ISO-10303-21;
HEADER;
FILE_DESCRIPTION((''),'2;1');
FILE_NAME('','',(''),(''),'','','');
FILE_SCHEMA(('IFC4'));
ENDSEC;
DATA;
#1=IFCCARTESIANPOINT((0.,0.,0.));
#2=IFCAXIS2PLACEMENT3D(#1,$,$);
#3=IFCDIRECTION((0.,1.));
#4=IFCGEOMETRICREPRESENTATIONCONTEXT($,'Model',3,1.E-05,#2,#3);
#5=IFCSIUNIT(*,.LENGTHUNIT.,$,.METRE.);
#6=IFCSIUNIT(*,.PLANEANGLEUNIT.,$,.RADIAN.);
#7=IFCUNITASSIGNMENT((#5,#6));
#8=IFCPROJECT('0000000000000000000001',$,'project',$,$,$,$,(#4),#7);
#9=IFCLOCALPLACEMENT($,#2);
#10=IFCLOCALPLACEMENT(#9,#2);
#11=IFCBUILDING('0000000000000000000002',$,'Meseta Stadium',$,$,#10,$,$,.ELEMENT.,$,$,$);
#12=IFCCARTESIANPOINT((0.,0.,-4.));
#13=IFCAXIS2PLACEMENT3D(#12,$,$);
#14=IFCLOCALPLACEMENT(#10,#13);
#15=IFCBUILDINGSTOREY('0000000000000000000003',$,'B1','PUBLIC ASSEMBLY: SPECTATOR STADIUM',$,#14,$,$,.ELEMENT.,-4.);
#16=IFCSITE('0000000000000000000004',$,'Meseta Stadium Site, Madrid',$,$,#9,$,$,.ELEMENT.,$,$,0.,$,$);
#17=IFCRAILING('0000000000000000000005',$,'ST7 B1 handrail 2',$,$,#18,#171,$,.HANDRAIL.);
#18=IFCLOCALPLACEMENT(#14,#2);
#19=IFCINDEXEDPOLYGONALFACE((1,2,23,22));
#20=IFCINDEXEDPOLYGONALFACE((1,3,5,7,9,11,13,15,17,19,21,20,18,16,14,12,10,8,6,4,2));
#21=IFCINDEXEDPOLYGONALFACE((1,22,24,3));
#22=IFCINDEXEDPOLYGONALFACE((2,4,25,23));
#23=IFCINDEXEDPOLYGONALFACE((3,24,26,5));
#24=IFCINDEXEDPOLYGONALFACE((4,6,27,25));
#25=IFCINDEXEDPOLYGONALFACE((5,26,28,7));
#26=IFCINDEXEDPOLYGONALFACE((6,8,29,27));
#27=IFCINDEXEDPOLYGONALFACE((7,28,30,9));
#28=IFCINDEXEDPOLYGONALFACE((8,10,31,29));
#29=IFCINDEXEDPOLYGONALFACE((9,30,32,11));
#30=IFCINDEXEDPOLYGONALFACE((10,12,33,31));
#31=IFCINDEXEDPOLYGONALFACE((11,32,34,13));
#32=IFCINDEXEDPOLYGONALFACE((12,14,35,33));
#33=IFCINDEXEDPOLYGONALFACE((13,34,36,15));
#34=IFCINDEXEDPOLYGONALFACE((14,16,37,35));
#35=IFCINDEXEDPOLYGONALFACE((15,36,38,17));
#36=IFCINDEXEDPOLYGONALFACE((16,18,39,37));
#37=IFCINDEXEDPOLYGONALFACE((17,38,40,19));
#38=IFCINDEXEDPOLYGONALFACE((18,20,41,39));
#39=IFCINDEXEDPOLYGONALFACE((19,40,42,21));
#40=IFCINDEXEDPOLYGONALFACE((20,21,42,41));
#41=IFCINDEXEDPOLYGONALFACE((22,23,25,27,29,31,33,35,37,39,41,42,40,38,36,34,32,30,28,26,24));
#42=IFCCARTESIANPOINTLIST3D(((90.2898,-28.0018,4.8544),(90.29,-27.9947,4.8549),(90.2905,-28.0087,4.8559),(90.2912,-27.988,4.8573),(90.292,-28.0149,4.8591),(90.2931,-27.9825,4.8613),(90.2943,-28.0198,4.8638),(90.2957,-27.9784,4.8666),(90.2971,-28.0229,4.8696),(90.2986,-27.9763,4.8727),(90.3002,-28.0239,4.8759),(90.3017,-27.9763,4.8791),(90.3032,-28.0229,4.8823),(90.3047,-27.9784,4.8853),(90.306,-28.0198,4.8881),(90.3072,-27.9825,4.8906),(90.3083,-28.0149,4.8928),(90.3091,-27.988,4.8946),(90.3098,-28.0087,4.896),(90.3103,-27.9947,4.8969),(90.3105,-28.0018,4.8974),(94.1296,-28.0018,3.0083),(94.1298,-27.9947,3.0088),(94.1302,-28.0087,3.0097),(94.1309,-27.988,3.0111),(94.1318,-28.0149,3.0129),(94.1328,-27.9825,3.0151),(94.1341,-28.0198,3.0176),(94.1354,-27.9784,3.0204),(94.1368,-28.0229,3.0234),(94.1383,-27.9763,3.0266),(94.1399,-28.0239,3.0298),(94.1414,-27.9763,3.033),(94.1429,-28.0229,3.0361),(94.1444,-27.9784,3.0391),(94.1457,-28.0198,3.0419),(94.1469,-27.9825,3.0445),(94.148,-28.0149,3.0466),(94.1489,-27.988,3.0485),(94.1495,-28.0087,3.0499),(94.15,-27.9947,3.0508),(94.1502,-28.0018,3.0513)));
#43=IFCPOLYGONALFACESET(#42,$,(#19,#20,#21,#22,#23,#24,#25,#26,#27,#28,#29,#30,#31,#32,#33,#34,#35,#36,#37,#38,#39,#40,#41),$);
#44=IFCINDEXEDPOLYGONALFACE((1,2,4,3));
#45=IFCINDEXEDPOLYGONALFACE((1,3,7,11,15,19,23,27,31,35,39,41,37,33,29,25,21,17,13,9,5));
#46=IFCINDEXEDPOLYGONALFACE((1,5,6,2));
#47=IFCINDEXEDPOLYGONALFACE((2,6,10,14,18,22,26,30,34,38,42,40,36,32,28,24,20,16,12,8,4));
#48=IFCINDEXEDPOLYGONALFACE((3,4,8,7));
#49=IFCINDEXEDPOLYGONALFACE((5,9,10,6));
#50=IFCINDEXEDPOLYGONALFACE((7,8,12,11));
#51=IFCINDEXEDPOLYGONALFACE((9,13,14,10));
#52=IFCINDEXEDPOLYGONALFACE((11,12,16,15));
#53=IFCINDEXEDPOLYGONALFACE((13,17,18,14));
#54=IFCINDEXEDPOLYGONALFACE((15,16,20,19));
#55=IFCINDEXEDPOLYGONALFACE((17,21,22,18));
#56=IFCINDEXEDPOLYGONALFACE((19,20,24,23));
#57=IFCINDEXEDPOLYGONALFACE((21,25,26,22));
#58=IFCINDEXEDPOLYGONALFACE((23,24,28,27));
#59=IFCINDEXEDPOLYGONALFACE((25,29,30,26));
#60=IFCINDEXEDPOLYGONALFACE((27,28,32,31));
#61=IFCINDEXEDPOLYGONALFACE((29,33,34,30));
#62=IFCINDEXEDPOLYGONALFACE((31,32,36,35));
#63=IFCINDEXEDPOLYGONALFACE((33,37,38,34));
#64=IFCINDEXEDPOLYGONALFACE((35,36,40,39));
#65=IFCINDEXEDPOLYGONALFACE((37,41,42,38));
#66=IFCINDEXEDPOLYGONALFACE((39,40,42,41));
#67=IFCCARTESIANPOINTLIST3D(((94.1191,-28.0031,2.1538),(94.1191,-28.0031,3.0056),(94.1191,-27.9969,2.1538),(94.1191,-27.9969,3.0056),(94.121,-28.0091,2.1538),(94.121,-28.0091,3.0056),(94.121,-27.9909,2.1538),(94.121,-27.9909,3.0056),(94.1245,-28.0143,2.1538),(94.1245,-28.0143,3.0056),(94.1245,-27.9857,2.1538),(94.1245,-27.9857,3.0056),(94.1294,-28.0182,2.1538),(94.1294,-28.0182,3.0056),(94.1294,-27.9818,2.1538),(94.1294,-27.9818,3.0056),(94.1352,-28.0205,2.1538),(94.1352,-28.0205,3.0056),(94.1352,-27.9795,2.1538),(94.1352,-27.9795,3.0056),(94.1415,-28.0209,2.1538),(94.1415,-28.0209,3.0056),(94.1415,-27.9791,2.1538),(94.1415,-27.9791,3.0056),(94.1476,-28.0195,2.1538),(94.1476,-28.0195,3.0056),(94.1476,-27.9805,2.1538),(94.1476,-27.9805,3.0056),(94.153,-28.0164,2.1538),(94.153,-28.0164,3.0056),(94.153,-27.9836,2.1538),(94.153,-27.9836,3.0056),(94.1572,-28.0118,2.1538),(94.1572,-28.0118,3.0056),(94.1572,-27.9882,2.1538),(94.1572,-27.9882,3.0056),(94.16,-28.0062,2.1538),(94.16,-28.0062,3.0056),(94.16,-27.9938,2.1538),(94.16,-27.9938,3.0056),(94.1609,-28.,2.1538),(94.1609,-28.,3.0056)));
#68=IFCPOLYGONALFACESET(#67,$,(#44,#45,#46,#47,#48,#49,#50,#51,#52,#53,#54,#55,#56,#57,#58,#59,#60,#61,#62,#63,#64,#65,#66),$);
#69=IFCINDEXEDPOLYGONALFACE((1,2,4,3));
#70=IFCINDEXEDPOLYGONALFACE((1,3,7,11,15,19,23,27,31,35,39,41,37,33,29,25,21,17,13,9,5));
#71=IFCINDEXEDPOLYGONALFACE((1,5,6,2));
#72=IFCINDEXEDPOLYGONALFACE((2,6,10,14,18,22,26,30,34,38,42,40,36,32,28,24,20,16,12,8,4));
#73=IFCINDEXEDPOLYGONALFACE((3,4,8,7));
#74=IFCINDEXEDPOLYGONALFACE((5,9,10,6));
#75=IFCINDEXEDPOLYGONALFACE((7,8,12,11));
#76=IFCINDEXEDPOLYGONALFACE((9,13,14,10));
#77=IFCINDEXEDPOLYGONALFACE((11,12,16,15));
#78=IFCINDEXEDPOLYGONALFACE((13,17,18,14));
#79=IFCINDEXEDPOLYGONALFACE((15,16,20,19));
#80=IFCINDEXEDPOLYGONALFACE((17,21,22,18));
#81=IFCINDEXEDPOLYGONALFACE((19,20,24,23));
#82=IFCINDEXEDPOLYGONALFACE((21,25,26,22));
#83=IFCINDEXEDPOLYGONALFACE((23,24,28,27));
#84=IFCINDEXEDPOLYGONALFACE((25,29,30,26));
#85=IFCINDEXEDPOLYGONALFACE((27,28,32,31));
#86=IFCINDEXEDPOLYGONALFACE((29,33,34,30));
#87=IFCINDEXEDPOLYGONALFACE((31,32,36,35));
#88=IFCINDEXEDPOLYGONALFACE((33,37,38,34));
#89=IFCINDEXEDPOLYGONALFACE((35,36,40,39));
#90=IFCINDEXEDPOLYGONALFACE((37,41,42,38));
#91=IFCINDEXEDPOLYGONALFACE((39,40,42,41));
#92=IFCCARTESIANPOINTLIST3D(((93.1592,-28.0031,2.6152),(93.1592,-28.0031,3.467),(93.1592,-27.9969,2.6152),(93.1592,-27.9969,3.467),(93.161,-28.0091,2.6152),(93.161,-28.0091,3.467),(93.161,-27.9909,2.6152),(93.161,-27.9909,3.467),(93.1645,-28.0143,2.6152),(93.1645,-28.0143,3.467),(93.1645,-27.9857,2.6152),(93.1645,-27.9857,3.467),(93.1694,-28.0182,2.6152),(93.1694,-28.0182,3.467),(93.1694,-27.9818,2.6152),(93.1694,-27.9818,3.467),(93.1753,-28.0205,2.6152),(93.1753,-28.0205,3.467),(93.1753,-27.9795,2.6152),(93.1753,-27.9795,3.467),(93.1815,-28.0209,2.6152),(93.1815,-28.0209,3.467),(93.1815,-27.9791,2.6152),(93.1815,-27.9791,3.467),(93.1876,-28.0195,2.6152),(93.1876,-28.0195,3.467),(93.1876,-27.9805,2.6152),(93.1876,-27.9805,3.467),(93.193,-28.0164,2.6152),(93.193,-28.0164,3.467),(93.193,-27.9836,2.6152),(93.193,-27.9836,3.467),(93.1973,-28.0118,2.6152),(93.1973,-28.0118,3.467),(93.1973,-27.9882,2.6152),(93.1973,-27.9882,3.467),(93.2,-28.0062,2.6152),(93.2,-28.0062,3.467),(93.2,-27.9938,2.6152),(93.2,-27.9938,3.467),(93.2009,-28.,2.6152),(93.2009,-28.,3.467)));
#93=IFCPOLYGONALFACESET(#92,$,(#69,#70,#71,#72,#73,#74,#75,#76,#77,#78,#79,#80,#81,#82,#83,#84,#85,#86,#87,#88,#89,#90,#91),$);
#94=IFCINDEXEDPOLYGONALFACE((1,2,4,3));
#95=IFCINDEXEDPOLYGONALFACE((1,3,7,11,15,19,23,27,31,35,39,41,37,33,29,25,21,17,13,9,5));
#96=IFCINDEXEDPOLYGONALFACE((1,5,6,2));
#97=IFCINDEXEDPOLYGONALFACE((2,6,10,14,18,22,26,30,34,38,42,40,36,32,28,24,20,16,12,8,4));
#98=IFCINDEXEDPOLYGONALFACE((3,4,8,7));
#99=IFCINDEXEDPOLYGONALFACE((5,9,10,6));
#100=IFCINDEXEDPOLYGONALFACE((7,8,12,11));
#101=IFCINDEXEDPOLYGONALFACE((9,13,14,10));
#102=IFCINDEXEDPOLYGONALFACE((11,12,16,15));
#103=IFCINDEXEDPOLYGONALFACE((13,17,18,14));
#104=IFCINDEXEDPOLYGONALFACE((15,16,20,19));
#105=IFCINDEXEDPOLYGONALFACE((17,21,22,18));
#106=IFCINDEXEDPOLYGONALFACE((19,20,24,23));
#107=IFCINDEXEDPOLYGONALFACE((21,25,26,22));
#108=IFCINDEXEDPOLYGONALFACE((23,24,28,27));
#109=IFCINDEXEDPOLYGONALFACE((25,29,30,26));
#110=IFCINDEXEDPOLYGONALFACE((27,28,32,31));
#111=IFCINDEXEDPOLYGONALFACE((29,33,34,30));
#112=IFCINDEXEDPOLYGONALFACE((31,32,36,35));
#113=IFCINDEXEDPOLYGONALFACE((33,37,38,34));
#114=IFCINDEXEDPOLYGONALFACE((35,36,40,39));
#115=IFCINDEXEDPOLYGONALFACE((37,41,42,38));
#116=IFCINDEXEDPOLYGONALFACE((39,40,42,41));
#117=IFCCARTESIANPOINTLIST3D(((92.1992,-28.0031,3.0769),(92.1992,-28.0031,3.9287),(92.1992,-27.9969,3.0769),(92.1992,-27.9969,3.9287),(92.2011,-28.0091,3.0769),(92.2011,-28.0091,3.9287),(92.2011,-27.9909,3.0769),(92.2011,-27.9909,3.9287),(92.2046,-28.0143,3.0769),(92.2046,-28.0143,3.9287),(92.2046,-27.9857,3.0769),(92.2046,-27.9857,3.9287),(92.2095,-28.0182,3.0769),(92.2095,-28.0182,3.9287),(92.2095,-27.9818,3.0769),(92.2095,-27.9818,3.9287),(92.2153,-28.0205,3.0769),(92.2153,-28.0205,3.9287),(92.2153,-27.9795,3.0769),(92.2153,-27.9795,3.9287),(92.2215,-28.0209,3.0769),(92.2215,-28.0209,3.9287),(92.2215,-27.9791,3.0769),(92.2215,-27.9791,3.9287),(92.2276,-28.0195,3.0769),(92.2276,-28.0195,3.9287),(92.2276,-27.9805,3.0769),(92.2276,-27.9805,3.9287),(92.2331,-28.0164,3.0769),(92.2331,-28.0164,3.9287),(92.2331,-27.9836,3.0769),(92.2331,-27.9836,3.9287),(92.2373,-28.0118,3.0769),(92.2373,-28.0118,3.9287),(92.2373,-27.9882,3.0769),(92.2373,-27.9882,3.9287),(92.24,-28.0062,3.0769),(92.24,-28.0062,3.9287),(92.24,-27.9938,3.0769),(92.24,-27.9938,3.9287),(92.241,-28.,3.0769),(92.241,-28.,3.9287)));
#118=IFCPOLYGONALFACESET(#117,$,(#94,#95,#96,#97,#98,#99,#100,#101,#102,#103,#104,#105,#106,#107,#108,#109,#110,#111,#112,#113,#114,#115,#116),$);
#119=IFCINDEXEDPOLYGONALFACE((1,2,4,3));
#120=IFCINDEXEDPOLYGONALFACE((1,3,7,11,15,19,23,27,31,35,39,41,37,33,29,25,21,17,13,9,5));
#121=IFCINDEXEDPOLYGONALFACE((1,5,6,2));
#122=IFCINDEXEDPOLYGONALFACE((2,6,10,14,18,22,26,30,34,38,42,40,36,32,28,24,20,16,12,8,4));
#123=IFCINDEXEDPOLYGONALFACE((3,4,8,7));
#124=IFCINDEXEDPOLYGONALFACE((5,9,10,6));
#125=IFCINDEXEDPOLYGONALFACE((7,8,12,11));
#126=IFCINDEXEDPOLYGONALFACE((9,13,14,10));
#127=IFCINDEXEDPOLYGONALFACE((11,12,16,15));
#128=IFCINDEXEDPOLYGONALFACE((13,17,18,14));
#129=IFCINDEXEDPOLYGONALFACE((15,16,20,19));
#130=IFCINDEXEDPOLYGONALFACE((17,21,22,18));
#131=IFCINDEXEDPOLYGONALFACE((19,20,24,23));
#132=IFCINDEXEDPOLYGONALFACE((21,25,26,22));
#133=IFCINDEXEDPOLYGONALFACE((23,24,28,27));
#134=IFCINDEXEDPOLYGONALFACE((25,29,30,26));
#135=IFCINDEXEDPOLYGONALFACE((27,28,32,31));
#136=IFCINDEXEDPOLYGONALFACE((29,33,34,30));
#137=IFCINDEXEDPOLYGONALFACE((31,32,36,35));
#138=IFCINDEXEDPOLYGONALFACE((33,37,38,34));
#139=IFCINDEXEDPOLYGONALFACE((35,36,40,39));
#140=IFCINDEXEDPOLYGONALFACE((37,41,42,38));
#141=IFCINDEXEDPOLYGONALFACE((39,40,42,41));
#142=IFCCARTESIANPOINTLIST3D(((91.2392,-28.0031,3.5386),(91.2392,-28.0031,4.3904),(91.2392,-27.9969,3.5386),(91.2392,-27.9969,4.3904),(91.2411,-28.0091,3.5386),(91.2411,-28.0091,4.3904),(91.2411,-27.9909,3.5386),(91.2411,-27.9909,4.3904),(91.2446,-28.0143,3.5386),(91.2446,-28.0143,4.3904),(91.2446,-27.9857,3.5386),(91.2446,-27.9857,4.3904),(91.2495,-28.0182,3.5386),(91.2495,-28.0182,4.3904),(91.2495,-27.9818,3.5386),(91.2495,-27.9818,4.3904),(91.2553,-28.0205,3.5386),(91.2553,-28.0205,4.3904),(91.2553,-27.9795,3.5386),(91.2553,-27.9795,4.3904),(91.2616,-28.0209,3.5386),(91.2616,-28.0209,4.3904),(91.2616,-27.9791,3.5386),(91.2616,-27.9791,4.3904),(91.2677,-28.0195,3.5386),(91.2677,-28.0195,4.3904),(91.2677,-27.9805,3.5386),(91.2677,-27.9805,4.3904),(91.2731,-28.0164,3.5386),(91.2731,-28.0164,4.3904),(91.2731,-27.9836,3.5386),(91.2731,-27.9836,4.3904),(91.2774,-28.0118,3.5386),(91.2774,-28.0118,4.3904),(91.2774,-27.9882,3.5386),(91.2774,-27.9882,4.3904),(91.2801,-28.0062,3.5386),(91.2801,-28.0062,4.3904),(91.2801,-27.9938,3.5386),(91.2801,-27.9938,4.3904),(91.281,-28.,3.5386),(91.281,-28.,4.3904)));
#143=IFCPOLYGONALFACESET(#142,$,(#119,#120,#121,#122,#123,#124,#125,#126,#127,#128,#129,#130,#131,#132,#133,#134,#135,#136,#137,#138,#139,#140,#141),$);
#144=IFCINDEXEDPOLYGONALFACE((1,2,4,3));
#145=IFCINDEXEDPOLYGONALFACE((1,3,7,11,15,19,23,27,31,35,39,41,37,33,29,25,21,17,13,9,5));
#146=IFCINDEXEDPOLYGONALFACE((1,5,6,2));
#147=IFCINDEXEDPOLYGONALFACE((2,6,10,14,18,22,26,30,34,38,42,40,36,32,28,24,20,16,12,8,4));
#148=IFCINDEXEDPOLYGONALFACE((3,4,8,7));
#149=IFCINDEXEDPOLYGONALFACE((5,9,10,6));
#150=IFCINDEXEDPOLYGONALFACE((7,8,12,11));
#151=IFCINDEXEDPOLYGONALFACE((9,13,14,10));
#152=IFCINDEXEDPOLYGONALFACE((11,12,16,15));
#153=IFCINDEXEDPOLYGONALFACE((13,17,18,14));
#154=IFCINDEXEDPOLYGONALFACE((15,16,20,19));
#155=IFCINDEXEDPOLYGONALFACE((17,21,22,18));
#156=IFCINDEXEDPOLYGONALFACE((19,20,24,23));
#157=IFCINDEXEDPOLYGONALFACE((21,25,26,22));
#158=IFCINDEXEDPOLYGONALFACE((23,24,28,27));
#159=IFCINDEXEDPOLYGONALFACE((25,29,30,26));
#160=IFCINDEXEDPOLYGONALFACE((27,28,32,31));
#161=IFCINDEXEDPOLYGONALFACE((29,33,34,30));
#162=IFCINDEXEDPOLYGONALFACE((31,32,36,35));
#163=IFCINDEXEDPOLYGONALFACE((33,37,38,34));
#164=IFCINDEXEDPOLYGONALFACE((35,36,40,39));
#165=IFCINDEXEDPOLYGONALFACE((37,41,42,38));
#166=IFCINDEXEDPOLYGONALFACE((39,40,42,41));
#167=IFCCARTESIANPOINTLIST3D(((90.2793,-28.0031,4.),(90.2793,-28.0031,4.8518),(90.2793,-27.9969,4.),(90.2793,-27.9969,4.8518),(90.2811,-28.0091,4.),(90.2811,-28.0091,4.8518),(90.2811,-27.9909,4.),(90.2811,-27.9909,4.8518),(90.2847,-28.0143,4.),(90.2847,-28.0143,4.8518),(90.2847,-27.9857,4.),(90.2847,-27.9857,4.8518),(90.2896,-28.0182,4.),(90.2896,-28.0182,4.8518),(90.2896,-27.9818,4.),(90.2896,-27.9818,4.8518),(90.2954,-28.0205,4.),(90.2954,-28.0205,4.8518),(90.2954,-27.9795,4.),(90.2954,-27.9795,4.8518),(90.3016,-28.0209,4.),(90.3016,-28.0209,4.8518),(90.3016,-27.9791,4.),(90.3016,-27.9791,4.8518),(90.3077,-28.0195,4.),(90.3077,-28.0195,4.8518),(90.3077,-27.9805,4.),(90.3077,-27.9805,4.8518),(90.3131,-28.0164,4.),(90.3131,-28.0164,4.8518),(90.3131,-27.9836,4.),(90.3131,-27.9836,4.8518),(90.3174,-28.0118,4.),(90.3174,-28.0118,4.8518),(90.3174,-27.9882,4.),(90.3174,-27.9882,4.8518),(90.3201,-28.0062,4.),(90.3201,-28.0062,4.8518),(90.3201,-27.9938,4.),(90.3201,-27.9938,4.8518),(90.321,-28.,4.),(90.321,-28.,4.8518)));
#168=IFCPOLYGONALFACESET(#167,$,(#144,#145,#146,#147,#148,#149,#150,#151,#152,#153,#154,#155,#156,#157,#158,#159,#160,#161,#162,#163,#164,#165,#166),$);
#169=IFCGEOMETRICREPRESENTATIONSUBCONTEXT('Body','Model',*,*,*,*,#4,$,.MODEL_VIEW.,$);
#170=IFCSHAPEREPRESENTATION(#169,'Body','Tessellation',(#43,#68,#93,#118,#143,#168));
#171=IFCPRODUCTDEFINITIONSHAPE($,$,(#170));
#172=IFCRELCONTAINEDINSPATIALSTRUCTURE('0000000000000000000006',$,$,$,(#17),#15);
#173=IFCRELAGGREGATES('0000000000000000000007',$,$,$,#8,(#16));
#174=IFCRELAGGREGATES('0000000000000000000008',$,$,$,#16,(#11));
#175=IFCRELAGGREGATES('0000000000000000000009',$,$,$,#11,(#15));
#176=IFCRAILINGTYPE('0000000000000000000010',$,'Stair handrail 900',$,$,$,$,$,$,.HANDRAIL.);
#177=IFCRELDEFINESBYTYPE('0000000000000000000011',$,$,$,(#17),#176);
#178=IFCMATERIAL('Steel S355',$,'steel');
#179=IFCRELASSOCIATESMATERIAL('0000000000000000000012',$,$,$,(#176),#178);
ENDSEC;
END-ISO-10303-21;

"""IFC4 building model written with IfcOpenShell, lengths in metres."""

from ifc_helpers import new_model, si_unit, direction, frame, origin, origin_2d, place, context, subcontext, project, spatial, circle, extrude, material, type_object, element, save


model = new_model("IFC4")

# Units and contexts
model_context = context("Model", 3, precision=1e-05, world=origin(), true_north=direction((0.0, 1.0)))
body_context = subcontext(model_context, "Body", "Model", "MODEL_VIEW")
ifc_project = project(units=[si_unit("LENGTHUNIT", "METRE"), si_unit("PLANEANGLEUNIT", "RADIAN")], contexts=[model_context])

# Site, building, storey
site_placement = place(None, origin())
site = spatial("IfcSite", under=ifc_project, at=site_placement, Name="Meseta Stadium Site, Madrid", CompositionType="ELEMENT", RefElevation=0.0)
building_placement = place(site_placement, origin())
building = spatial("IfcBuilding", under=site, at=building_placement, Name="Meseta Stadium", CompositionType="ELEMENT")
storey_placement = place(building_placement, frame((0.0, 0.0, -4.0)))
storey = spatial("IfcBuildingStorey", under=building, at=storey_placement, Name="B1", Description="PUBLIC ASSEMBLY: SPECTATOR STADIUM", CompositionType="ELEMENT", Elevation=-4.0)

# Railing
ifc_material_1 = material(Name="Steel S355", Category="steel")
railing_type_1 = type_object("IfcRailingType", Name="Stair handrail 900", PredefinedType="HANDRAIL", material=ifc_material_1)
for number, where, name in (
    (1, (94.1399, -28.0, 2.1538), "ST7 B1 handrail 2"),
):
    element("IfcRailing", number, at=place(storey_placement, frame(where)), inside=storey, type_object=railing_type_1, Name=name, PredefinedType="HANDRAIL", context=body_context, shape_type="SweptSolid", body=[
        extrude(circle(Radius=0.0239, at=origin_2d()), frame((0.0, 0.0, 0.876), z_axis=(-0.901242, 0.0, 0.433316), x_axis=(0.0, -1.0, 0.0)), (0.0, 0.0, 1.0), 4.2605),
        extrude(circle(Radius=0.021, at=origin_2d()), origin(), (0.0, 0.0, 1.0), 0.8518),
        extrude(circle(Radius=0.021, at=origin_2d()), frame((-0.96, 0.0, 0.4614)), (0.0, 0.0, 1.0), 0.8518),
        extrude(circle(Radius=0.021, at=origin_2d()), frame((-1.9199, 0.0, 0.9231)), (0.0, 0.0, 1.0), 0.8518),
        extrude(circle(Radius=0.021, at=origin_2d()), frame((-2.8799, 0.0, 1.3848)), (0.0, 0.0, 1.0), 0.8518),
        extrude(circle(Radius=0.021, at=origin_2d()), frame((-3.8398, 0.0, 1.8462)), (0.0, 0.0, 1.0), 0.8518),
    ])

save(model, "model.ifc")
